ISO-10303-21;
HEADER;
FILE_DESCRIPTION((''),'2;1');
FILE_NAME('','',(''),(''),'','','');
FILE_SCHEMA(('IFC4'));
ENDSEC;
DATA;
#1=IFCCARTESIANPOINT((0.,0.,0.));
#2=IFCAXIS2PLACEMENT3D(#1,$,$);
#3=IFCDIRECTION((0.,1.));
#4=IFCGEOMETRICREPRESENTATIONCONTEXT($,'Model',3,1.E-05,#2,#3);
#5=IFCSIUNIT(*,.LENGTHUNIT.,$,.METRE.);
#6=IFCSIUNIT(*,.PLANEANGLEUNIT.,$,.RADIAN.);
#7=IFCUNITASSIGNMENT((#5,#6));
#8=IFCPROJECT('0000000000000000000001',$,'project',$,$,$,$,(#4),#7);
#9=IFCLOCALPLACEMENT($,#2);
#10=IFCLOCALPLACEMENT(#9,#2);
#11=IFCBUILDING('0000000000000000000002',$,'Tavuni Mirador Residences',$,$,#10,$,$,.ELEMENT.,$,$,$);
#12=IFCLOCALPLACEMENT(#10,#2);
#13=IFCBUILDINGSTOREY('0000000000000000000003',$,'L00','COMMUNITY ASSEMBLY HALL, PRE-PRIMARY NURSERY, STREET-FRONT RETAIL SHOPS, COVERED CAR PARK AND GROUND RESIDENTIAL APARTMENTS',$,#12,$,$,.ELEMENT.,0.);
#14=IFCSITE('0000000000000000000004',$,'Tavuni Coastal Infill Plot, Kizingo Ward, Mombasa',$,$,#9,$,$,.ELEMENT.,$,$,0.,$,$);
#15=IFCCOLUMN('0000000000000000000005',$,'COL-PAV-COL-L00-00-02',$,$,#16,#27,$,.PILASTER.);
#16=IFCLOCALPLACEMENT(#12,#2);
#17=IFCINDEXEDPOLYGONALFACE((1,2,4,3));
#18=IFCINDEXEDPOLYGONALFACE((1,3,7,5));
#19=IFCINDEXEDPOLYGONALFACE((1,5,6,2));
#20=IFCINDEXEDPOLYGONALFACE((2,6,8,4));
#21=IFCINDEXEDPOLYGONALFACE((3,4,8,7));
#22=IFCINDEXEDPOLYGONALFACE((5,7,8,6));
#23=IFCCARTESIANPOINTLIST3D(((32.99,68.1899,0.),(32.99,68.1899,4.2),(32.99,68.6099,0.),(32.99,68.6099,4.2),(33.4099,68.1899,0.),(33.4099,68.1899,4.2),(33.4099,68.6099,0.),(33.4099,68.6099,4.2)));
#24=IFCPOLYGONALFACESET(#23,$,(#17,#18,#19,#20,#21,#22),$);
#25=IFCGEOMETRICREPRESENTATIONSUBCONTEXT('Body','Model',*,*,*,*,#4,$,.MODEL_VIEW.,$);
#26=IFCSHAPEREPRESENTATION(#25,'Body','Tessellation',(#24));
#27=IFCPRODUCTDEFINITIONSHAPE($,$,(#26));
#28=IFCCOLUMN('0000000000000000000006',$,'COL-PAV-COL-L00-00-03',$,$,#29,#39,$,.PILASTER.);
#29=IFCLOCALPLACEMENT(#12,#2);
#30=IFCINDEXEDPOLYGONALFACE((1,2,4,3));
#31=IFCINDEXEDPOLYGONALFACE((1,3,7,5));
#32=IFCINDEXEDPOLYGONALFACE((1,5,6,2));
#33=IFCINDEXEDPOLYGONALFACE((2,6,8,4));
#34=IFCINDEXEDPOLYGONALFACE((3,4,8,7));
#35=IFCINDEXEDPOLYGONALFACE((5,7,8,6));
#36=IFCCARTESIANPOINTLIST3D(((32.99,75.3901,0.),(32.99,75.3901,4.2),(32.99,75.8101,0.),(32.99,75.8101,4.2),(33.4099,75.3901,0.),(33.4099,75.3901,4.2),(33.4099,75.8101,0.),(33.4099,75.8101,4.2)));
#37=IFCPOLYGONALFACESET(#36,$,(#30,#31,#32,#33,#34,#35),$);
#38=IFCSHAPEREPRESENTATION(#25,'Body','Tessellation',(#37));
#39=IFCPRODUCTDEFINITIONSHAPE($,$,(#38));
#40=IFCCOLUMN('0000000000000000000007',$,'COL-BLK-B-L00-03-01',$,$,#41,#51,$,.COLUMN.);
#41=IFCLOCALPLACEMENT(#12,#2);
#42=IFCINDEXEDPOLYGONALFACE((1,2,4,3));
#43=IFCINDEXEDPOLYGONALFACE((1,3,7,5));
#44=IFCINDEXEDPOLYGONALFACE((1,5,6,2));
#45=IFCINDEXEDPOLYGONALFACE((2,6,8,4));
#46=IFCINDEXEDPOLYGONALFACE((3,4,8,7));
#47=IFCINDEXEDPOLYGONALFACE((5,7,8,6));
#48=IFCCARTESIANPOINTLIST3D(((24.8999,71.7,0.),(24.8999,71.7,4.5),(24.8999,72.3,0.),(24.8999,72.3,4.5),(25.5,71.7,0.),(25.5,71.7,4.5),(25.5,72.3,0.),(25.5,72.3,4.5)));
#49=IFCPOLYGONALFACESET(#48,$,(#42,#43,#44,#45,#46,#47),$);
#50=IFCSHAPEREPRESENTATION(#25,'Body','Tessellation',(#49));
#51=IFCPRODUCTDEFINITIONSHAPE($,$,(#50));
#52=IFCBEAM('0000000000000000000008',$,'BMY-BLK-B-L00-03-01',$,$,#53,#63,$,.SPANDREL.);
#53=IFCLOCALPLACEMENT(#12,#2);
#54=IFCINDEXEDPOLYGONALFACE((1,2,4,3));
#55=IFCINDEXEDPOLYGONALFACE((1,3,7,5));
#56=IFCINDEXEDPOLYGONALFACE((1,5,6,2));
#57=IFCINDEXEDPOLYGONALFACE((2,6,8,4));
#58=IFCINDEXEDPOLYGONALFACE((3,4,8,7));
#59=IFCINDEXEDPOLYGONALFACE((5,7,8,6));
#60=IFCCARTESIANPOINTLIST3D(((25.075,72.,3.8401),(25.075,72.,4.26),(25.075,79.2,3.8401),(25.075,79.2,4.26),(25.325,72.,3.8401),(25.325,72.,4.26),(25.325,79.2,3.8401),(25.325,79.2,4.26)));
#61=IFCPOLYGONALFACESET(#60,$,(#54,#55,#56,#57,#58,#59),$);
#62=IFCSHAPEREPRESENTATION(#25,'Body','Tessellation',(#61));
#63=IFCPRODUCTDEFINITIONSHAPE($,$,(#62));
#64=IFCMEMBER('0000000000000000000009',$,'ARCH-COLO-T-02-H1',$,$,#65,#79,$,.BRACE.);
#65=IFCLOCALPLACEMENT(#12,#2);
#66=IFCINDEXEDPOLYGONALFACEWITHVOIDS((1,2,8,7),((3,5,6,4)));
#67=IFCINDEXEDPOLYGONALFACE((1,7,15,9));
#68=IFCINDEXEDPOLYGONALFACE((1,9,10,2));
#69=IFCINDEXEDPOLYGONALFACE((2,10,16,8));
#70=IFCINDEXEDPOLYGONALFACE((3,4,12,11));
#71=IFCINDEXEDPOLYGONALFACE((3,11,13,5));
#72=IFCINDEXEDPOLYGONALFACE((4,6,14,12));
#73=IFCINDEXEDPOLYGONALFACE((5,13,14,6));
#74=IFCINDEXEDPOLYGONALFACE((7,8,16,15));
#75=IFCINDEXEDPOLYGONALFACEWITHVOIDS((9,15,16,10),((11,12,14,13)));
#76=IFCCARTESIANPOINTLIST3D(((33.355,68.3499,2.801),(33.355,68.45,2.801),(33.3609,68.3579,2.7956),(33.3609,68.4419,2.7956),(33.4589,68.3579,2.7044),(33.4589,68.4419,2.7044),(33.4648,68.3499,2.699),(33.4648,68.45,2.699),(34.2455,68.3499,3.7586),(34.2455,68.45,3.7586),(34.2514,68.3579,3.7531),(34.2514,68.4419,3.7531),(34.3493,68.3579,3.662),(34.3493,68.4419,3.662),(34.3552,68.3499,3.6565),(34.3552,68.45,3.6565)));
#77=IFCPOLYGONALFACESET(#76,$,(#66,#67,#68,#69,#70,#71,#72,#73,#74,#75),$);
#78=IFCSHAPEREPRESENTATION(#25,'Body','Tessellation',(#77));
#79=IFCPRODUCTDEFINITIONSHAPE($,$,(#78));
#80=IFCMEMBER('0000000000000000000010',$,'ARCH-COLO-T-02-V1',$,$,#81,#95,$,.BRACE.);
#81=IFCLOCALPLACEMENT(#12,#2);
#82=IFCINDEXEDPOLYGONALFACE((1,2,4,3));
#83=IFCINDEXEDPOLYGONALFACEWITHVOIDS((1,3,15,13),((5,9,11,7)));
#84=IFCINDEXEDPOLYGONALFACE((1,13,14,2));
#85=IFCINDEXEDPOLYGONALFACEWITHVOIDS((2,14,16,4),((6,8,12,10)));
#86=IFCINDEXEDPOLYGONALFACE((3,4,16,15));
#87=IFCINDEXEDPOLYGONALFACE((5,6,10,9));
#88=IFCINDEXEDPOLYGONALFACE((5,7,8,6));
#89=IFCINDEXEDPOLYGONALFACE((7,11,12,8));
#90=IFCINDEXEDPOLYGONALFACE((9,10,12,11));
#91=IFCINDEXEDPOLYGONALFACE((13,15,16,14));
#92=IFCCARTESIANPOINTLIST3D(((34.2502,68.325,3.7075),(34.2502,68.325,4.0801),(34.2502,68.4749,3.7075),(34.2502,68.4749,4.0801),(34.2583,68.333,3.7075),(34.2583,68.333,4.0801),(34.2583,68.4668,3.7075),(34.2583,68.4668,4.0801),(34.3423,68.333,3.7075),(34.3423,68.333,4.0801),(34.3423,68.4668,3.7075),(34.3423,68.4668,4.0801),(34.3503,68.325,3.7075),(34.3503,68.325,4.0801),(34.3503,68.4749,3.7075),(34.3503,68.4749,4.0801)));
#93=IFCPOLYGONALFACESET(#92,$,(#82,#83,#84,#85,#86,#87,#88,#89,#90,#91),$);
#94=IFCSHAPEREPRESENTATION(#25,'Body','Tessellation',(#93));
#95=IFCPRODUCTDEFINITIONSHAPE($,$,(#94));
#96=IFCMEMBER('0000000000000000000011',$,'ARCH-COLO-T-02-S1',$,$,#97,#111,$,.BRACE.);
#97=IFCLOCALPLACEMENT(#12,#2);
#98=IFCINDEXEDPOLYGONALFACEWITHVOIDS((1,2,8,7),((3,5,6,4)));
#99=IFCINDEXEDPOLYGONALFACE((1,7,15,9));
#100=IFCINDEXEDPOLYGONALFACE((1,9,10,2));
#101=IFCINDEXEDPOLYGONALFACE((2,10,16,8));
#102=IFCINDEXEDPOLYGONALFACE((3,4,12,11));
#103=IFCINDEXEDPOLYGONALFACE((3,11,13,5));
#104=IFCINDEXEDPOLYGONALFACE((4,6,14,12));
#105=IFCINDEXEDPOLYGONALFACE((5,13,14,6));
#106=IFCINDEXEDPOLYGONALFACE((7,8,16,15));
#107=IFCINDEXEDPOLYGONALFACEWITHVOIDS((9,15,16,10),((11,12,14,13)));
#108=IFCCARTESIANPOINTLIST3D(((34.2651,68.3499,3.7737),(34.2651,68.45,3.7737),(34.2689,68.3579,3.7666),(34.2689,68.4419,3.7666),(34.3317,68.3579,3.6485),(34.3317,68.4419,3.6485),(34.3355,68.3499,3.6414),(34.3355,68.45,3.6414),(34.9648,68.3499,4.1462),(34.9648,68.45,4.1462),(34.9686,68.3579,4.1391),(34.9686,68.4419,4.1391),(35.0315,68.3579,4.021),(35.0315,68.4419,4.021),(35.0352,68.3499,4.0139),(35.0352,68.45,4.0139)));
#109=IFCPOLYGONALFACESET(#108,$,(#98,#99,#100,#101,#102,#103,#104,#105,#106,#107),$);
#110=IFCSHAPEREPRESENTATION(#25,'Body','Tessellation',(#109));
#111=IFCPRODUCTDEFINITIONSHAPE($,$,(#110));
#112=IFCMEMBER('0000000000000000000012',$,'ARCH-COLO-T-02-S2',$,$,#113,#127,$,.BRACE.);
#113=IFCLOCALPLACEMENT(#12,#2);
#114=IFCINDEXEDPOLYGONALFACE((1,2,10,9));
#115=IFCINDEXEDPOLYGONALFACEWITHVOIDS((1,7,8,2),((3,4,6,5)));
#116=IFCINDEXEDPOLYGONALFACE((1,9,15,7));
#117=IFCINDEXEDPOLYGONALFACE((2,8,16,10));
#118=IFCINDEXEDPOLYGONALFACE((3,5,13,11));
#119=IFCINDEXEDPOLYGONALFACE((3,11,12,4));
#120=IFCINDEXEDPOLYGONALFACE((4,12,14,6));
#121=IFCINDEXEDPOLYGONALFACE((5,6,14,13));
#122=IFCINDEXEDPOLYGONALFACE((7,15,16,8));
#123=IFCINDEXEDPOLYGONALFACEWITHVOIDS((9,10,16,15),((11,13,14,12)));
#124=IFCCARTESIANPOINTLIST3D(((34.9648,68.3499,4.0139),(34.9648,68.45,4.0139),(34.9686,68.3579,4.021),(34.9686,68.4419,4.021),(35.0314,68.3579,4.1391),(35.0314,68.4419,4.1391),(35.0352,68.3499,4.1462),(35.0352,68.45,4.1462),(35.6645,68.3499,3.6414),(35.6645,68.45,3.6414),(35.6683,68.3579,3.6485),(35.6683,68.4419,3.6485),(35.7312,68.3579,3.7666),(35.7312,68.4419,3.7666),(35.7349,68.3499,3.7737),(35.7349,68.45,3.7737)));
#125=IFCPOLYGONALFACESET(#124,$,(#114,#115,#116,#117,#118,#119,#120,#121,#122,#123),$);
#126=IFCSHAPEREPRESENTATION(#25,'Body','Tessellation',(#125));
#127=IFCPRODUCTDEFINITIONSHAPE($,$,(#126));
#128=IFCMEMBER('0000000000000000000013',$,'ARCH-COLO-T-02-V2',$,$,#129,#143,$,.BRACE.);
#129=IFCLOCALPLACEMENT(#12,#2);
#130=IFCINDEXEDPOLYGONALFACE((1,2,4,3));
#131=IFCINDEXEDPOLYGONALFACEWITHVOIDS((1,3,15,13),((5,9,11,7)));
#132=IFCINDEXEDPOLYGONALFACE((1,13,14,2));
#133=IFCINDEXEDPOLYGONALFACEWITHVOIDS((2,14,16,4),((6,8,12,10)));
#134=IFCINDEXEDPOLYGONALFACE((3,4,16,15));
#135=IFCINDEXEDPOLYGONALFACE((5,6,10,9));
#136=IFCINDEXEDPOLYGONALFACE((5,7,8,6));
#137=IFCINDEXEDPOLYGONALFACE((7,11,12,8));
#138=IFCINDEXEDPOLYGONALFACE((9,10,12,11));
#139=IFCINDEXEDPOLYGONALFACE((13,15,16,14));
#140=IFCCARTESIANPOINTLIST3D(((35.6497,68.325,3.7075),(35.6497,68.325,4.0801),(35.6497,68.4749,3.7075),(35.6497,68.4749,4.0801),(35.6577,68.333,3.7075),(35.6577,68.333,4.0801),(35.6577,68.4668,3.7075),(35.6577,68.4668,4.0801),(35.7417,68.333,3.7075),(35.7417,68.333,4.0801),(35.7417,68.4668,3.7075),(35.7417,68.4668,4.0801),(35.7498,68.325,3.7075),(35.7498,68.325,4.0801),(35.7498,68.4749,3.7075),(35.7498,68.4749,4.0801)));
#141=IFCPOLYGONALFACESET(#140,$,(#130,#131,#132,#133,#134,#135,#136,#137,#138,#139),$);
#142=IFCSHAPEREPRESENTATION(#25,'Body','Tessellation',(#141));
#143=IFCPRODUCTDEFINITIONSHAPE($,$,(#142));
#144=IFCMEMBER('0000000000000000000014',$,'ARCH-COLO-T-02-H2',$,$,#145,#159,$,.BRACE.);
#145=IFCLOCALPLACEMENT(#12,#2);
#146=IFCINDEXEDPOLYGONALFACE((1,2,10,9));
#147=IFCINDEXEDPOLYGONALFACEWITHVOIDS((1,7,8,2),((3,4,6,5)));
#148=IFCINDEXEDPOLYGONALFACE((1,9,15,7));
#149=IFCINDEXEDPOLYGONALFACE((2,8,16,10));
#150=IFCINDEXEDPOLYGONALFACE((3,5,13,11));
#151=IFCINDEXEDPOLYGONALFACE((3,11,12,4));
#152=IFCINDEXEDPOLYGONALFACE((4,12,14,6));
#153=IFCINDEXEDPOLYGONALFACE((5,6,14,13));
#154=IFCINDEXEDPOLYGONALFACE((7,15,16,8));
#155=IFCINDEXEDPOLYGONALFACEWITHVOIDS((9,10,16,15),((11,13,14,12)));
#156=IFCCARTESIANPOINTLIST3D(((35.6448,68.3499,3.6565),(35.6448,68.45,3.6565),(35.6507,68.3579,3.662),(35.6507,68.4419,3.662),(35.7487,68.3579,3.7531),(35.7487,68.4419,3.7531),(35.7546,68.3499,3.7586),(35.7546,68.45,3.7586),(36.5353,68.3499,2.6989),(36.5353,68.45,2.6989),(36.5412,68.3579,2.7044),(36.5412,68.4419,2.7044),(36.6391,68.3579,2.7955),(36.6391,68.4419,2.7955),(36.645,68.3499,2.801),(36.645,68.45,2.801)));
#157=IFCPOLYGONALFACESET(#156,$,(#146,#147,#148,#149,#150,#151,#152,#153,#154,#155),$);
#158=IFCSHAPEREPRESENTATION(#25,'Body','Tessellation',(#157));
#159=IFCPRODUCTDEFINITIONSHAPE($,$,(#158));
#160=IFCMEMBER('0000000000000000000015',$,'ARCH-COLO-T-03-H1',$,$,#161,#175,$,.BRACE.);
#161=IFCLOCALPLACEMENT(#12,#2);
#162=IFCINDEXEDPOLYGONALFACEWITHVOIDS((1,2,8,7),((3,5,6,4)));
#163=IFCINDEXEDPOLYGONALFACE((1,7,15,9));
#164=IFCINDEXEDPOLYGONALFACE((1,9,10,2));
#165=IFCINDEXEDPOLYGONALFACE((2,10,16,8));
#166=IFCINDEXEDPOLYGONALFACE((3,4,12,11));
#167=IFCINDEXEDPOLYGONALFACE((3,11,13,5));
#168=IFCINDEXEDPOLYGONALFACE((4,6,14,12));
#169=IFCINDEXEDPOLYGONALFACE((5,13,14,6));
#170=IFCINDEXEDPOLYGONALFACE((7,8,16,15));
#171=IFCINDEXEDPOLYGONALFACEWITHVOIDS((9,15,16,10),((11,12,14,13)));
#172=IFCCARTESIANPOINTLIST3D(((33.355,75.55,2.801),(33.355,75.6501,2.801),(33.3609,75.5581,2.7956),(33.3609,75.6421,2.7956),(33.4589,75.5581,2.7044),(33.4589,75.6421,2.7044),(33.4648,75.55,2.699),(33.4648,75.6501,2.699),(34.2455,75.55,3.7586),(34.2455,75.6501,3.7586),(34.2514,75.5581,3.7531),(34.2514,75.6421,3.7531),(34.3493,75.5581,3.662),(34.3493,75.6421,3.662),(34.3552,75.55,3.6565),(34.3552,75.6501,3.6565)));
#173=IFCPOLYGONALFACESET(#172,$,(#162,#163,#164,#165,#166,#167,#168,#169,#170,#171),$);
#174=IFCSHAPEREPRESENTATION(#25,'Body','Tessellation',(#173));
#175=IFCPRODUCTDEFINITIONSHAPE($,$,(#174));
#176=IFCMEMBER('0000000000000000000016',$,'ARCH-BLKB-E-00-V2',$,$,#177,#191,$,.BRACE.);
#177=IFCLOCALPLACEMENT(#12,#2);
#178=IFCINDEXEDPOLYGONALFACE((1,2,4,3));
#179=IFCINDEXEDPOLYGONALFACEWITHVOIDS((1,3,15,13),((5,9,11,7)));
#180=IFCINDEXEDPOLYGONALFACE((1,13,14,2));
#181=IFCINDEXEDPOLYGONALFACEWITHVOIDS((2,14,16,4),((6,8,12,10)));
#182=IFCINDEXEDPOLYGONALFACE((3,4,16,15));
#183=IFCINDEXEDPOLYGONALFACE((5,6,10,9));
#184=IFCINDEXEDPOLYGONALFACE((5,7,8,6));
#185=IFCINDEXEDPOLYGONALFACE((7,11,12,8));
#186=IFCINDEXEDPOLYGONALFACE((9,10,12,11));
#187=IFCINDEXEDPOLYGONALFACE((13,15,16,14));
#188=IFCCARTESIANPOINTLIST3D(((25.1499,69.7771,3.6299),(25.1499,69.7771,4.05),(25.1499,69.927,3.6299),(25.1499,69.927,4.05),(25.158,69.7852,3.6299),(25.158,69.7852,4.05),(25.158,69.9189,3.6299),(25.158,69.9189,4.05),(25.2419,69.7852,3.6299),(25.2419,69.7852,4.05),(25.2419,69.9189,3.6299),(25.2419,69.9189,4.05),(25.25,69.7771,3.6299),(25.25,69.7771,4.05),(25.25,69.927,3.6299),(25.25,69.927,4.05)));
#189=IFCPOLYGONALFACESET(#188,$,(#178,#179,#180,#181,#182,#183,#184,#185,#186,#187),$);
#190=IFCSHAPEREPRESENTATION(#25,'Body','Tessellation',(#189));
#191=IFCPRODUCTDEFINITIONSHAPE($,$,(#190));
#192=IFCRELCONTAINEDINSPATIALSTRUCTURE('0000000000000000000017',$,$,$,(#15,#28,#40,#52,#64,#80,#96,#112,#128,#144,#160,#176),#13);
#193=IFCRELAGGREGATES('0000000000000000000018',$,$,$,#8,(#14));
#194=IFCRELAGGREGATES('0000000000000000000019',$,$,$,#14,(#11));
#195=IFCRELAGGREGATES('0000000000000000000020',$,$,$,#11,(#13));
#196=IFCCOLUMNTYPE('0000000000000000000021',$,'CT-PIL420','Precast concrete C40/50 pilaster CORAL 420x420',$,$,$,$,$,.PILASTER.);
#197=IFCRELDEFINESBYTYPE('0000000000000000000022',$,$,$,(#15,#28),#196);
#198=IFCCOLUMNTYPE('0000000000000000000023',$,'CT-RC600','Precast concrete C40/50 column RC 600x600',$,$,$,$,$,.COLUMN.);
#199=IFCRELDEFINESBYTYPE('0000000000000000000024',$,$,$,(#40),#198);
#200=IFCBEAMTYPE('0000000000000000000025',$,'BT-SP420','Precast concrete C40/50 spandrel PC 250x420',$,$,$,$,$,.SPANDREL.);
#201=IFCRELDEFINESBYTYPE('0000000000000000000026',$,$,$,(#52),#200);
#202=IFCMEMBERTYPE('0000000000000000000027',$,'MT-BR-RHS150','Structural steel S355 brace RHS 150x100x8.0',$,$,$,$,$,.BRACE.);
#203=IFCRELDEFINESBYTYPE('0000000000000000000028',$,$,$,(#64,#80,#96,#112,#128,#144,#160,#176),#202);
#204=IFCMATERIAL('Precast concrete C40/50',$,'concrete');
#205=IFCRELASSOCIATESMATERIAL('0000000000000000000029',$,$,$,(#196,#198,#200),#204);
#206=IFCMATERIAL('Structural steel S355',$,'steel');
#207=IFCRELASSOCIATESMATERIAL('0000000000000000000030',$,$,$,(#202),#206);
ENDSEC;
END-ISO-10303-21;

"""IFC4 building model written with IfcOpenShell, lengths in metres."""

from ifc_helpers import new_model, si_unit, direction, frame, origin, origin_2d, place, context, subcontext, project, spatial, rectangle, hollow_rectangle, extrude, material, material_profile, profile_set, type_object, element, save


model = new_model("IFC4")

# Units and contexts
model_context = context("Model", 3, precision=1e-05, world=origin(), true_north=direction((0.0, 1.0)))
body_context = subcontext(model_context, "Body", "Model", "MODEL_VIEW")
ifc_project = project(units=[si_unit("LENGTHUNIT", "METRE"), si_unit("PLANEANGLEUNIT", "RADIAN")], contexts=[model_context])

# Site, building, storey
site_placement = place(None, origin())
site = spatial("IfcSite", under=ifc_project, at=site_placement, Name="Tavuni Coastal Infill Plot, Kizingo Ward, Mombasa", CompositionType="ELEMENT", RefElevation=0.0)
building_placement = place(site_placement, origin())
building = spatial("IfcBuilding", under=site, at=building_placement, Name="Tavuni Mirador Residences", CompositionType="ELEMENT")
storey_placement = place(building_placement, origin())
storey = spatial("IfcBuildingStorey", under=building, at=storey_placement, Name="L00", Description="COMMUNITY ASSEMBLY HALL, PRE-PRIMARY NURSERY, STREET-FRONT RETAIL SHOPS, COVERED CAR PARK AND GROUND RESIDENTIAL APARTMENTS", CompositionType="ELEMENT", Elevation=0.0)

# Columns
ifc_material_1 = material(Name="Precast concrete C40/50", Category="concrete")
ifc_material_profile_1 = material_profile(ifc_material_1, rectangle(XDim=0.4199, YDim=0.4199, at=origin_2d()), Name="CORAL 420x420", Category="concrete")
ifc_profile_set_1 = profile_set([ifc_material_profile_1], Name="Precast concrete C40/50")
column_type_1 = type_object("IfcColumnType", Name="CT-PIL420", Description="Precast concrete C40/50 pilaster CORAL 420x420", PredefinedType="PILASTER", material=ifc_profile_set_1)
for number, where, z_axis, x_axis, name in (
    (1, (33.2, 68.3999, 0.0), (0.0, 0.0, 1.0), (1.0, 0.0, 0.0), "COL-PAV-COL-L00-00-02"),
    (2, (33.2, 75.6001, 0.0), (0.0, 0.0, 1.0), (1.0, 0.0, 0.0), "COL-PAV-COL-L00-00-03"),
):
    element("IfcColumn", number, at=place(storey_placement, frame(where, z_axis=z_axis, x_axis=x_axis)), inside=storey, type_object=column_type_1, Name=name, PredefinedType="PILASTER", context=body_context, shape_type="SweptSolid", body=[
        extrude(rectangle(XDim=0.4199, YDim=0.4199, at=origin_2d()), origin(), (0.0, 0.0, 1.0), 4.2),
    ])
ifc_material_profile_2 = material_profile(ifc_material_1, rectangle(XDim=0.6001, YDim=0.6001, at=origin_2d()), Name="RC 600x600", Category="concrete")
ifc_profile_set_2 = profile_set([ifc_material_profile_2], Name="Precast concrete C40/50")
column_type_2 = type_object("IfcColumnType", Name="CT-RC600", Description="Precast concrete C40/50 column RC 600x600", PredefinedType="COLUMN", material=ifc_profile_set_2)
column_placement = place(storey_placement, frame((25.2, 72.0, 0.0), z_axis=(0.0, 0.0, 1.0), x_axis=(1.0, 0.0, 0.0)))
element("IfcColumn", 3, at=column_placement, inside=storey, type_object=column_type_2, Name="COL-BLK-B-L00-03-01", PredefinedType="COLUMN", context=body_context, shape_type="SweptSolid", body=[
    extrude(rectangle(XDim=0.6001, YDim=0.6001, at=origin_2d()), origin(), (0.0, 0.0, 1.0), 4.5),
])

# Beam
ifc_material_profile_3 = material_profile(ifc_material_1, rectangle(XDim=0.25, YDim=0.4199, at=origin_2d()), Name="PC 250x420", Category="concrete")
ifc_profile_set_3 = profile_set([ifc_material_profile_3], Name="Precast concrete C40/50")
beam_type = type_object("IfcBeamType", Name="BT-SP420", Description="Precast concrete C40/50 spandrel PC 250x420", PredefinedType="SPANDREL", material=ifc_profile_set_3)
beam_placement = place(storey_placement, frame((25.2, 72.0, 4.05), z_axis=(0.0, 1.0, 0.0), x_axis=(-1.0, 0.0, 0.0)))
element("IfcBeam", 4, at=beam_placement, inside=storey, type_object=beam_type, Name="BMY-BLK-B-L00-03-01", PredefinedType="SPANDREL", context=body_context, shape_type="SweptSolid", body=[
    extrude(rectangle(XDim=0.25, YDim=0.4199, at=origin_2d()), origin(), (0.0, 0.0, 1.0), 7.2),
])

# Members
ifc_material_2 = material(Name="Structural steel S355", Category="steel")
ifc_material_profile_4 = material_profile(ifc_material_2, hollow_rectangle(XDim=0.1001, YDim=0.1499, WallThickness=0.0081, at=origin_2d()), Name="RHS 150x100x8.0", Category="steel")
ifc_profile_set_4 = profile_set([ifc_material_profile_4], Name="Structural steel S355")
member_type_1 = type_object("IfcMemberType", Name="MT-BR-RHS150", Description="Structural steel S355 brace RHS 150x100x8.0", PredefinedType="BRACE", material=ifc_profile_set_4)
member_1_placement = place(storey_placement, frame((33.4099, 68.3999, 2.75), z_axis=(0.680967, 0.0, 0.732314), x_axis=(0.0, 1.0, 0.0)))
element("IfcMember", 5, at=member_1_placement, inside=storey, type_object=member_type_1, Name="ARCH-COLO-T-02-H1", PredefinedType="BRACE", context=body_context, shape_type="SweptSolid", body=[
    extrude(hollow_rectangle(XDim=0.1001, YDim=0.1499, WallThickness=0.0081, at=origin_2d()), origin(), (0.0, 0.0, 1.0), 1.3076),
])
member_2_placement = place(storey_placement, frame((34.3003, 68.3999, 3.7075), z_axis=(0.0, 0.0, 1.0), x_axis=(1.0, 0.0, 0.0)))
element("IfcMember", 6, at=member_2_placement, inside=storey, type_object=member_type_1, Name="ARCH-COLO-T-02-V1", PredefinedType="BRACE", context=body_context, shape_type="SweptSolid", body=[
    extrude(hollow_rectangle(XDim=0.1001, YDim=0.1499, WallThickness=0.0081, at=origin_2d()), origin(), (0.0, 0.0, 1.0), 0.3726),
])
for number, where, z_axis, x_axis, name in (
    (7, (34.3003, 68.3999, 3.7075), (0.882677, 0.0, 0.469981), (0.0, 1.0, 0.0), "ARCH-COLO-T-02-S1"),
    (8, (35.0, 68.3999, 4.0801), (0.882677, 0.0, -0.469981), (0.0, 1.0, 0.0), "ARCH-COLO-T-02-S2"),
):
    element("IfcMember", number, at=place(storey_placement, frame(where, z_axis=z_axis, x_axis=x_axis)), inside=storey, type_object=member_type_1, Name=name, PredefinedType="BRACE", context=body_context, shape_type="SweptSolid", body=[
        extrude(hollow_rectangle(XDim=0.1001, YDim=0.1499, WallThickness=0.0081, at=origin_2d()), origin(), (0.0, 0.0, 1.0), 0.7927),
    ])
member_3_placement = place(storey_placement, frame((35.6997, 68.3999, 3.7075), z_axis=(0.0, 0.0, 1.0), x_axis=(1.0, 0.0, 0.0)))
element("IfcMember", 9, at=member_3_placement, inside=storey, type_object=member_type_1, Name="ARCH-COLO-T-02-V2", PredefinedType="BRACE", context=body_context, shape_type="SweptSolid", body=[
    extrude(hollow_rectangle(XDim=0.1001, YDim=0.1499, WallThickness=0.0081, at=origin_2d()), origin(), (0.0, 0.0, 1.0), 0.3726),
])
for number, where, z_axis, x_axis, name in (
    (10, (35.6997, 68.3999, 3.7075), (0.680967, 0.0, -0.732314), (0.0, 1.0, 0.0), "ARCH-COLO-T-02-H2"),
    (11, (33.4099, 75.6001, 2.75), (0.680967, 0.0, 0.732314), (0.0, 1.0, 0.0), "ARCH-COLO-T-03-H1"),
):
    element("IfcMember", number, at=place(storey_placement, frame(where, z_axis=z_axis, x_axis=x_axis)), inside=storey, type_object=member_type_1, Name=name, PredefinedType="BRACE", context=body_context, shape_type="SweptSolid", body=[
        extrude(hollow_rectangle(XDim=0.1001, YDim=0.1499, WallThickness=0.0081, at=origin_2d()), origin(), (0.0, 0.0, 1.0), 1.3076),
    ])
member_4_placement = place(storey_placement, frame((25.2, 69.8521, 3.6299), z_axis=(0.0, 0.0, 1.0), x_axis=(1.0, 0.0, 0.0)))
element("IfcMember", 12, at=member_4_placement, inside=storey, type_object=member_type_1, Name="ARCH-BLKB-E-00-V2", PredefinedType="BRACE", context=body_context, shape_type="SweptSolid", body=[
    extrude(hollow_rectangle(XDim=0.1001, YDim=0.1499, WallThickness=0.0081, at=origin_2d()), origin(), (0.0, 0.0, 1.0), 0.4202),
])

save(model, "model.ifc")
